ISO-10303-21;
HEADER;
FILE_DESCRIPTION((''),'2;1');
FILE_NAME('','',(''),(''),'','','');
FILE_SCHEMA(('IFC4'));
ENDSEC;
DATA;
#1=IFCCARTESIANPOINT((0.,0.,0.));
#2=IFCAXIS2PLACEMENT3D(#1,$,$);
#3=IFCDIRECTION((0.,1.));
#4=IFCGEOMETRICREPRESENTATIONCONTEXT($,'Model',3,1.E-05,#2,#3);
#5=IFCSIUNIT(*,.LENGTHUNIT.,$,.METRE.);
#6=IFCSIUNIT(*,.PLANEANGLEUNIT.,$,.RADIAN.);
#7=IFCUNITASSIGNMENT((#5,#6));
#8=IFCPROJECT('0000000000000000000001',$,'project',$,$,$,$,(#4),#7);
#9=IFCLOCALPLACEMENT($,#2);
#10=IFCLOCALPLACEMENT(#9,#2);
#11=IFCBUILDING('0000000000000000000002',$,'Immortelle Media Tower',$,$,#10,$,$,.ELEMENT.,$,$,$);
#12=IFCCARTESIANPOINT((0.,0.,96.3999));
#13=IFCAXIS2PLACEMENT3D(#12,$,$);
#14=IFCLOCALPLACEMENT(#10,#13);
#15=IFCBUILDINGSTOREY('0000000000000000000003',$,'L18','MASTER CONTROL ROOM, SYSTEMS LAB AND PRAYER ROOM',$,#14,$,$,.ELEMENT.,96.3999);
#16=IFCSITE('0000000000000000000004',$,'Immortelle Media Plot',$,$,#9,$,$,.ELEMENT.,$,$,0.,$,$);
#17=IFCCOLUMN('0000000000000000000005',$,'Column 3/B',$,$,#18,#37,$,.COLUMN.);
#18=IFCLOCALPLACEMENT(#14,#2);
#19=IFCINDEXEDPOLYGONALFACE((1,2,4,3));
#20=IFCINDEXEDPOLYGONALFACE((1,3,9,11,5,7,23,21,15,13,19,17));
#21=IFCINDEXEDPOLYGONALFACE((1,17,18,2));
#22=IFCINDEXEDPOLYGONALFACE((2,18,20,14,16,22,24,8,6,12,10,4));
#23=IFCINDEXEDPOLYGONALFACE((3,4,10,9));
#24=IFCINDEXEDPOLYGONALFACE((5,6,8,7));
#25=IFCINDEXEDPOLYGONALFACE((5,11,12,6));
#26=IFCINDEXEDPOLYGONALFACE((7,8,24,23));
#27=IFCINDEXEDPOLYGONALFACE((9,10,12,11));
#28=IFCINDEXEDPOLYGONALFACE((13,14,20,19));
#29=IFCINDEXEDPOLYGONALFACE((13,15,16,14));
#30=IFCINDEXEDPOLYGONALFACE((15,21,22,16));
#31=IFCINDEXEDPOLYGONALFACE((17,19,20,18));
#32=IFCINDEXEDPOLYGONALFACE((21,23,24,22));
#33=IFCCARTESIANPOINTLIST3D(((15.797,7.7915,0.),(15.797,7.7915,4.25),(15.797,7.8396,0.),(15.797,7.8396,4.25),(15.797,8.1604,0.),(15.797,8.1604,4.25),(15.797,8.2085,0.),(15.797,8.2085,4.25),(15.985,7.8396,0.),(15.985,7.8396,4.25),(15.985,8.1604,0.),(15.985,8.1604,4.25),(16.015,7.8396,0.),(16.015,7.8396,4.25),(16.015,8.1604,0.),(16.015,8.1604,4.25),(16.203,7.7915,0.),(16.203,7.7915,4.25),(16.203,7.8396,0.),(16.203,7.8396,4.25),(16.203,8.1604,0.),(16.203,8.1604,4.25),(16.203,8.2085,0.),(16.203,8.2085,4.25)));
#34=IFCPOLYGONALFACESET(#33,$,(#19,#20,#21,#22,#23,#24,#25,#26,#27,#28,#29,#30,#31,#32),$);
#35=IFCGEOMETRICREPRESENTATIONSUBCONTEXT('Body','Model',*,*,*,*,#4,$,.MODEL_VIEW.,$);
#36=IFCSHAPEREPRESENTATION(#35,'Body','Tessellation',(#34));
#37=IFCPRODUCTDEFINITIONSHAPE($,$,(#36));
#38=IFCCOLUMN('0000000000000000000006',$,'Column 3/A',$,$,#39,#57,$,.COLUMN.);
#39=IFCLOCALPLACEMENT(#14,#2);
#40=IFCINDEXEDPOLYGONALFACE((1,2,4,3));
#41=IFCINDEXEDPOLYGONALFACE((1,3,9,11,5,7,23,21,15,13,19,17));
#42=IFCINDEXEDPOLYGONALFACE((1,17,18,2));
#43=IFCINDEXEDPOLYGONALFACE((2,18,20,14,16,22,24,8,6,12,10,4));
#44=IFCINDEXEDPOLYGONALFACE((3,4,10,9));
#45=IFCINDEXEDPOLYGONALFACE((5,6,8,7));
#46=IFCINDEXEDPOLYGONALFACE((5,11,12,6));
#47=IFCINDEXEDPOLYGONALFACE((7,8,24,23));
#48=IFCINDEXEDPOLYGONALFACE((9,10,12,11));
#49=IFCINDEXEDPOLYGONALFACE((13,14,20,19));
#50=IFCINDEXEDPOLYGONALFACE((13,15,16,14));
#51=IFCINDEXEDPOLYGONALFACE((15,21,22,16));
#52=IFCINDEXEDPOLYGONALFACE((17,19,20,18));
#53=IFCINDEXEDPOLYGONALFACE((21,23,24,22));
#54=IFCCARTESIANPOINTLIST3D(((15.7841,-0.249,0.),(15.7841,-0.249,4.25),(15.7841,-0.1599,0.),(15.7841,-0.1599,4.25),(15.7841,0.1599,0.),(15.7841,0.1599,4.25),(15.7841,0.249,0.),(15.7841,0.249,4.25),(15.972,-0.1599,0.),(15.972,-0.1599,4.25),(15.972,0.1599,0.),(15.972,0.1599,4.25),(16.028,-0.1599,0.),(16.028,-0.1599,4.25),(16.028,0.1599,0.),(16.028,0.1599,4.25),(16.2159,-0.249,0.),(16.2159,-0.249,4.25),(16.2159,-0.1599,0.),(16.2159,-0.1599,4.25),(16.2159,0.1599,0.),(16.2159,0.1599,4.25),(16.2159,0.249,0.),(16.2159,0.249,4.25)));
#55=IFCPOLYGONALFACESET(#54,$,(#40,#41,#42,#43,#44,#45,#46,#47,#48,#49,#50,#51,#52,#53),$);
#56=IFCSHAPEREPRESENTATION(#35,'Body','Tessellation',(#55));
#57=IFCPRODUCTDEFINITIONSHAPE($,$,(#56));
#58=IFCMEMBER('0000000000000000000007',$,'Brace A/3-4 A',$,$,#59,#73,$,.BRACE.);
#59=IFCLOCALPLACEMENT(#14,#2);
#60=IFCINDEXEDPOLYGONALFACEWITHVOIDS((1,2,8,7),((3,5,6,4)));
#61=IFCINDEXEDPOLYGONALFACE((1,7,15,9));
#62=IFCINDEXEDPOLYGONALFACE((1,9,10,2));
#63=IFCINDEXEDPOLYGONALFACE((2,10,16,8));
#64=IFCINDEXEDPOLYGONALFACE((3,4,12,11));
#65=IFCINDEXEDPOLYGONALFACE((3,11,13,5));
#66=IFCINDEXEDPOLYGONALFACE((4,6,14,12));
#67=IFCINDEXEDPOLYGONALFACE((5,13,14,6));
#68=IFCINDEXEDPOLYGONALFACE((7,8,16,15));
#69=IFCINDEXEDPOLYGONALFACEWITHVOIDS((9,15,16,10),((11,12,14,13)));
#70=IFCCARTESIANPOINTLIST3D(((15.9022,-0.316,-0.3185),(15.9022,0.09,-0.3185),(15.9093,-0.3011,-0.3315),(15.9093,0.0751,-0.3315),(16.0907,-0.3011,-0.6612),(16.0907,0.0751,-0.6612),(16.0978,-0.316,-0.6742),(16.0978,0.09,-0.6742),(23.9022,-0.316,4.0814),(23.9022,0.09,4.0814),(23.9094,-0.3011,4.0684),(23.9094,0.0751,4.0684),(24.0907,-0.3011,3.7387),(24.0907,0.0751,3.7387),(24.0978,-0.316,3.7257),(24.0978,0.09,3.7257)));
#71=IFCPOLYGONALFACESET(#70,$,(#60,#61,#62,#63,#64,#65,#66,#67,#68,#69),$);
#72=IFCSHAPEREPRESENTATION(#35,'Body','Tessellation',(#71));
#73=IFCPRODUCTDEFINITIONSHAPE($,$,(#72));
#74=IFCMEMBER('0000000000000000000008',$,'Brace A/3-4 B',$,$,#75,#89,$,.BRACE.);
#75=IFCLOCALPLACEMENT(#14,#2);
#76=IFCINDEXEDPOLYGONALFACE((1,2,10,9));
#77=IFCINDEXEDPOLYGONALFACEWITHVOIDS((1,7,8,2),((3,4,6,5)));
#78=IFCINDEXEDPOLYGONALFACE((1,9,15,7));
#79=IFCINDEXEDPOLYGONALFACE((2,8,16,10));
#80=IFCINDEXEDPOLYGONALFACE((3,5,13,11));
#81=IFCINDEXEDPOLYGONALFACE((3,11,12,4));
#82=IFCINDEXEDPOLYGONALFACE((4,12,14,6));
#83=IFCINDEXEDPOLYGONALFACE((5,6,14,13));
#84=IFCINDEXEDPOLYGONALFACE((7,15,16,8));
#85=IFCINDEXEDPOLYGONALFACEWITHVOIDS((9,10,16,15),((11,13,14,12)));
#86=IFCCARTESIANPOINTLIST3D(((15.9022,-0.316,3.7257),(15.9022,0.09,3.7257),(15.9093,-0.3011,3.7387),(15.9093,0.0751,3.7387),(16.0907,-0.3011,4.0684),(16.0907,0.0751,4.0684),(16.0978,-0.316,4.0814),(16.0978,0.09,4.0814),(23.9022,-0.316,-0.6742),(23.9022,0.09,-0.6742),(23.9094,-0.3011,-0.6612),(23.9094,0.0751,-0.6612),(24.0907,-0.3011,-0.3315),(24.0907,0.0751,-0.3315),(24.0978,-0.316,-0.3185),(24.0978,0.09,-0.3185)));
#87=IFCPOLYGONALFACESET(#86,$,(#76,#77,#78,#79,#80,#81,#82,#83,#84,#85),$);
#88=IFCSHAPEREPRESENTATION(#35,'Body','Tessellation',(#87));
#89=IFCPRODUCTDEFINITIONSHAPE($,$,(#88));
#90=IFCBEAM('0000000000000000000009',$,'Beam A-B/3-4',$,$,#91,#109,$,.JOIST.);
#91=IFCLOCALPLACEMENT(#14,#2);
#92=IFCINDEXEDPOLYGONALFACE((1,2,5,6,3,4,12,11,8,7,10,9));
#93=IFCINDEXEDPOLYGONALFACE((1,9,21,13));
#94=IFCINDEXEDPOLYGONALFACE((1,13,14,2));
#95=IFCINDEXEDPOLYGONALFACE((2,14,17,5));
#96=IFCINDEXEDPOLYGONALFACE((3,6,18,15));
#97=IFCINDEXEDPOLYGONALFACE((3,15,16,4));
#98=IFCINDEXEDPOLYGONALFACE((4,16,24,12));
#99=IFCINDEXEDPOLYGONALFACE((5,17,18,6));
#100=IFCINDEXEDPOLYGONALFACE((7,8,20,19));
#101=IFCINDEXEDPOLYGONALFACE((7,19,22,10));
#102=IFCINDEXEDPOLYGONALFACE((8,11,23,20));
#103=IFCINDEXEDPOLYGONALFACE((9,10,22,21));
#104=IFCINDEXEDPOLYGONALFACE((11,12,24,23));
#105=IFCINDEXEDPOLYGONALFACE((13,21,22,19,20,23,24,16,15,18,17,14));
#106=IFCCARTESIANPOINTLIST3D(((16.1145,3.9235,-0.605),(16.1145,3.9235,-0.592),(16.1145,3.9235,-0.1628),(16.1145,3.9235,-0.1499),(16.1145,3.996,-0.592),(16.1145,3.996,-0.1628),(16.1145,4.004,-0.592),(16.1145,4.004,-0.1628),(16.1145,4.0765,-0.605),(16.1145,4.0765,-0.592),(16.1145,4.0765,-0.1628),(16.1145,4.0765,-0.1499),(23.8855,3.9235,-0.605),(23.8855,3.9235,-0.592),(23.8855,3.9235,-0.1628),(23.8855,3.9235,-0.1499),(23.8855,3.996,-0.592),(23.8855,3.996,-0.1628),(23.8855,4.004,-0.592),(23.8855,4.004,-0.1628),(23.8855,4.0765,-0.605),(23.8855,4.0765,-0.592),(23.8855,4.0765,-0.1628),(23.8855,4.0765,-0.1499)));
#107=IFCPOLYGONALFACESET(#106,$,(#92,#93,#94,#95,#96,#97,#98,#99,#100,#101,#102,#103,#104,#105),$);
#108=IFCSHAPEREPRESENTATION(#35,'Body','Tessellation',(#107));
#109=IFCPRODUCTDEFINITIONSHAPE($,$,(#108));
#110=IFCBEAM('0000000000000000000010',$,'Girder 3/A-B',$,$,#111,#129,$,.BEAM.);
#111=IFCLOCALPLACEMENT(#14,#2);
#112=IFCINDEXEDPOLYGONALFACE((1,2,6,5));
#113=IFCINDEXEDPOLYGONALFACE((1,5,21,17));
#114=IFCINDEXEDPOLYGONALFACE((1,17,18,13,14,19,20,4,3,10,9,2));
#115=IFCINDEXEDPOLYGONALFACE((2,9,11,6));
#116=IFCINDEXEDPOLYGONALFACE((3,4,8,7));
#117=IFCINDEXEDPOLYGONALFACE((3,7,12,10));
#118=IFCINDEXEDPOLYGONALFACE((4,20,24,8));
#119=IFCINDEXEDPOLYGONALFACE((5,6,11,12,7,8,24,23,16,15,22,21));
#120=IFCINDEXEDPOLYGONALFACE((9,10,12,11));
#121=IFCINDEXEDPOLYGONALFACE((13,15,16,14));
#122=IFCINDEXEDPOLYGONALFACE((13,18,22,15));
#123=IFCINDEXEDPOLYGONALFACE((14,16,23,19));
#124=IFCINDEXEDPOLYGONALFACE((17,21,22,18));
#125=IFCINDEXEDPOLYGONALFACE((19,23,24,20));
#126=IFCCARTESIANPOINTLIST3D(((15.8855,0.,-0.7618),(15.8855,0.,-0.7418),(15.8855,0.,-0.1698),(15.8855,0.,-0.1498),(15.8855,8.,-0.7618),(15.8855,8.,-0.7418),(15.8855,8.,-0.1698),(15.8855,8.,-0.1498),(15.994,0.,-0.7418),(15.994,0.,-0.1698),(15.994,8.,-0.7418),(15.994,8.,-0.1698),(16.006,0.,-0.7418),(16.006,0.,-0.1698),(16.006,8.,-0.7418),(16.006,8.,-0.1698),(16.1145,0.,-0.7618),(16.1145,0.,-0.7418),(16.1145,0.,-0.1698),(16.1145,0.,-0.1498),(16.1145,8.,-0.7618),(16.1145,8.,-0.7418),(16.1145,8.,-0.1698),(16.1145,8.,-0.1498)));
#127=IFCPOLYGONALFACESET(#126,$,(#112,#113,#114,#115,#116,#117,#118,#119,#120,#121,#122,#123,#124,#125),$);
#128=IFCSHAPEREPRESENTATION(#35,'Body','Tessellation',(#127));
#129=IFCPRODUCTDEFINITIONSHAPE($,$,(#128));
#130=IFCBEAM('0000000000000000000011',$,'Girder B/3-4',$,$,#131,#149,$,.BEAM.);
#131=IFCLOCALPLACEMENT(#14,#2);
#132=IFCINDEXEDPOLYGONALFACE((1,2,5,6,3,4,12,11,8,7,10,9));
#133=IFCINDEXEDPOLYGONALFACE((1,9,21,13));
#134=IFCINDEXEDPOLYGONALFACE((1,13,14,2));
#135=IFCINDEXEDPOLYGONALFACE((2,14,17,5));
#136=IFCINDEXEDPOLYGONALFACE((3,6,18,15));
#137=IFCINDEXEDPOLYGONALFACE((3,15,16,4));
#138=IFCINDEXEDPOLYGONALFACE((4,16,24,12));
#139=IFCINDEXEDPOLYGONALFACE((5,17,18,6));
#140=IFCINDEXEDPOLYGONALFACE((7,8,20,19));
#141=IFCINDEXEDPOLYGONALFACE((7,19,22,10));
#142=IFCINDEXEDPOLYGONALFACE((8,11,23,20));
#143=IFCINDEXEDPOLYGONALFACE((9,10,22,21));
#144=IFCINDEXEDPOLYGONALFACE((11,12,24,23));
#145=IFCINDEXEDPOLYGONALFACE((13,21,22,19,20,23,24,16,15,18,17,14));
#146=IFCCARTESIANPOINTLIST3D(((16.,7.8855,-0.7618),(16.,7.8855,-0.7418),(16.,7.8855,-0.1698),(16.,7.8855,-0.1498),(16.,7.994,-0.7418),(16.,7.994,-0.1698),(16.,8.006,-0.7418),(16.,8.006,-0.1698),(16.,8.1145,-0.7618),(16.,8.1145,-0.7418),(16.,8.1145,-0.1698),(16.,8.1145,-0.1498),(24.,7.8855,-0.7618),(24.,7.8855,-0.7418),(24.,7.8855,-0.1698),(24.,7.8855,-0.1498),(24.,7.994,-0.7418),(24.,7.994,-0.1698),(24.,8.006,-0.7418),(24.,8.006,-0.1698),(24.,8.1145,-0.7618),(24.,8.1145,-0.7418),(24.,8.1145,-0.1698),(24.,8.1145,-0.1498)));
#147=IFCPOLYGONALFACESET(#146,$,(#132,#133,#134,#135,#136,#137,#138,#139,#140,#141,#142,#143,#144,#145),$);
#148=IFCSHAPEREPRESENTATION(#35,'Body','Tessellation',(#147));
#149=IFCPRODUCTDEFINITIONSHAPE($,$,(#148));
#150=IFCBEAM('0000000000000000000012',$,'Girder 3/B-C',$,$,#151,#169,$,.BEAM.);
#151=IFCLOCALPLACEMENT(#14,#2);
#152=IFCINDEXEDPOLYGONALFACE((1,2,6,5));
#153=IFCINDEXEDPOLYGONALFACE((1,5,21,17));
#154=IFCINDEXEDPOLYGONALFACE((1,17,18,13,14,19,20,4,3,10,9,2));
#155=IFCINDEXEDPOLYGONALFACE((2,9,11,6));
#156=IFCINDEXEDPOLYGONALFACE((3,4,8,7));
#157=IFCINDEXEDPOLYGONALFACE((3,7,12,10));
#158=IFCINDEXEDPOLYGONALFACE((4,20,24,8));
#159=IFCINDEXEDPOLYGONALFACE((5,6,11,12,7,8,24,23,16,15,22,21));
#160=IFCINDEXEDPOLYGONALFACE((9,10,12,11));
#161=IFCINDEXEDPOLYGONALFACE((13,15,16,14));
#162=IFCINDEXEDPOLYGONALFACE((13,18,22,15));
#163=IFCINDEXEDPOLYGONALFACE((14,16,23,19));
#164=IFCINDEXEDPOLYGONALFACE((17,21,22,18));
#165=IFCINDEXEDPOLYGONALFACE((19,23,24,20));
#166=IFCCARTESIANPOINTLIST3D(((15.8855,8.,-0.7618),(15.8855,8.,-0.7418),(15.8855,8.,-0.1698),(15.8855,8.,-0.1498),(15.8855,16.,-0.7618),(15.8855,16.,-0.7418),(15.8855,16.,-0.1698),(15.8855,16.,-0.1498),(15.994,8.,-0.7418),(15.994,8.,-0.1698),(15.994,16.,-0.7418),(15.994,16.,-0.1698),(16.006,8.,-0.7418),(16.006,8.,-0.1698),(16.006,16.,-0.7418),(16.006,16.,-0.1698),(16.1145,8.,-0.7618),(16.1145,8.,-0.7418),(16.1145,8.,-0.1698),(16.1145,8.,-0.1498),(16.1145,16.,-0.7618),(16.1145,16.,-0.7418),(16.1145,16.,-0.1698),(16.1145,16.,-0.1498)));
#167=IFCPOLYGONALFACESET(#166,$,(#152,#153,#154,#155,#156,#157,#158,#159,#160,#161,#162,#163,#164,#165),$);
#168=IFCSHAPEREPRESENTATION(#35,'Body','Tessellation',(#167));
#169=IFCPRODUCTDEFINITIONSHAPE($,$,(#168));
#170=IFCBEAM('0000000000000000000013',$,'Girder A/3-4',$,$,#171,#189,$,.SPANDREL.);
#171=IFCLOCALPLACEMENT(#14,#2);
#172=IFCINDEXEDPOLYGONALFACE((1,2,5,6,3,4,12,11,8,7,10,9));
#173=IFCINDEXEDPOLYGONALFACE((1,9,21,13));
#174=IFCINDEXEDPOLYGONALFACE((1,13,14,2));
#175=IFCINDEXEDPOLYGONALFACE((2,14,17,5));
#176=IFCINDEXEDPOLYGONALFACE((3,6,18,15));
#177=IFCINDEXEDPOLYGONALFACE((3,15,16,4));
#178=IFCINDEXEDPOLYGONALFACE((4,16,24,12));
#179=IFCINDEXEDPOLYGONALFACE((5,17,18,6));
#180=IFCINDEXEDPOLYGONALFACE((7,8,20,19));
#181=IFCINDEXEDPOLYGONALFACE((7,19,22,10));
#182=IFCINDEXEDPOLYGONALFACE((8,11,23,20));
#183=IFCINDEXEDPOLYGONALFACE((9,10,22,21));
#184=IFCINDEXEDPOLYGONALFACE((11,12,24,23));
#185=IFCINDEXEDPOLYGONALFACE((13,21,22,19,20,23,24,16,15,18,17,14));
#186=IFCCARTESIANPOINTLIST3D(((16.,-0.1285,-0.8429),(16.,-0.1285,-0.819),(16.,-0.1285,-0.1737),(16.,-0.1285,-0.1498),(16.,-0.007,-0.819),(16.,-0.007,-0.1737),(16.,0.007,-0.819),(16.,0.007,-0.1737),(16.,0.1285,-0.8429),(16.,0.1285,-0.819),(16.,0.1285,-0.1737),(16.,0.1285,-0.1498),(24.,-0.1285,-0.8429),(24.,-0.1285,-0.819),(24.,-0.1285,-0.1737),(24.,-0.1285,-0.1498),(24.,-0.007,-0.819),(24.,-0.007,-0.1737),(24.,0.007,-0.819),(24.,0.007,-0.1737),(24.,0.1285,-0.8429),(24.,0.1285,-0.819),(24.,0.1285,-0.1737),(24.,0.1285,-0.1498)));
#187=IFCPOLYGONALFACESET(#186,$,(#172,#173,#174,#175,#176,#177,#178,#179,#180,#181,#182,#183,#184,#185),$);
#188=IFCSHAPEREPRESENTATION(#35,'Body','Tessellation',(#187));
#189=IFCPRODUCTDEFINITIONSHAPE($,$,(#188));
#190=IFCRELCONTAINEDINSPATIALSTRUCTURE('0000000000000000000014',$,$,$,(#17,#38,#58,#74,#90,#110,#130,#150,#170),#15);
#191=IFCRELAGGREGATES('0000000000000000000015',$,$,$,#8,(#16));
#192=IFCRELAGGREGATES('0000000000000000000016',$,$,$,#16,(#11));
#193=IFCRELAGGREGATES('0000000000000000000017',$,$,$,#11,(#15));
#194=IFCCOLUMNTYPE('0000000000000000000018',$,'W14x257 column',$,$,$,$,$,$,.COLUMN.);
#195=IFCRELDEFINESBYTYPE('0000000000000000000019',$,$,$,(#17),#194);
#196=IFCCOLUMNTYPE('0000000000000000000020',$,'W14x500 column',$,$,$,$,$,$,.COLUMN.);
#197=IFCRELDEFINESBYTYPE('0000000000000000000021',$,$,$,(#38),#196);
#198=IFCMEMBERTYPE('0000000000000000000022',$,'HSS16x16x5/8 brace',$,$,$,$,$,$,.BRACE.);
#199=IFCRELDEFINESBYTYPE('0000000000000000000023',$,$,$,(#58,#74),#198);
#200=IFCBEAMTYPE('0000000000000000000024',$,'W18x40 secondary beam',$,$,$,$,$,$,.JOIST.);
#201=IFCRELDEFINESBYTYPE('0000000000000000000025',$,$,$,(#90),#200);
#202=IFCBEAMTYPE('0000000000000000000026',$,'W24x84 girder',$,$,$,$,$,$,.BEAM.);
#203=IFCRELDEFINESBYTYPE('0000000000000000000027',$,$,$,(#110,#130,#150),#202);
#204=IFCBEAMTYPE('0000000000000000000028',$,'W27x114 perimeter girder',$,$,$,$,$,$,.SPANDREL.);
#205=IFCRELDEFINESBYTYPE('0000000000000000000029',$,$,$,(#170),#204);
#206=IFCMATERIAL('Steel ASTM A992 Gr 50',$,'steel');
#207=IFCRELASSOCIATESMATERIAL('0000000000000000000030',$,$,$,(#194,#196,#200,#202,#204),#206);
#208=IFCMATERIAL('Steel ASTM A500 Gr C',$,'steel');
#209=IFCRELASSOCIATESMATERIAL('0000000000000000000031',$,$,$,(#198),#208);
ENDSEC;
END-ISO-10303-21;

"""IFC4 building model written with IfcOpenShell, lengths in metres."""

from ifc_helpers import new_model, si_unit, direction, frame, origin, origin_2d, place, context, subcontext, project, spatial, hollow_rectangle, i_section, extrude, material, material_profile, profile_set, type_object, element, save


model = new_model("IFC4")

# Units and contexts
model_context = context("Model", 3, precision=1e-05, world=origin(), true_north=direction((0.0, 1.0)))
body_context = subcontext(model_context, "Body", "Model", "MODEL_VIEW")
ifc_project = project(units=[si_unit("LENGTHUNIT", "METRE"), si_unit("PLANEANGLEUNIT", "RADIAN")], contexts=[model_context])

# Site, building, storey
site_placement = place(None, origin())
site = spatial("IfcSite", under=ifc_project, at=site_placement, Name="Immortelle Media Plot", CompositionType="ELEMENT", RefElevation=0.0)
building_placement = place(site_placement, origin())
building = spatial("IfcBuilding", under=site, at=building_placement, Name="Immortelle Media Tower", CompositionType="ELEMENT")
storey_placement = place(building_placement, frame((0.0, 0.0, 96.3999)))
storey = spatial("IfcBuildingStorey", under=building, at=storey_placement, Name="L18", Description="MASTER CONTROL ROOM, SYSTEMS LAB AND PRAYER ROOM", CompositionType="ELEMENT", Elevation=96.3999)

# Columns
ifc_material_1 = material(Name="Steel ASTM A992 Gr 50", Category="steel")
ifc_material_profile_1 = material_profile(ifc_material_1, i_section(OverallWidth=0.406, OverallDepth=0.417, WebThickness=0.03, FlangeThickness=0.0481, at=origin_2d()), Name="W14x257")
ifc_profile_set_1 = profile_set([ifc_material_profile_1], Name="Steel ASTM A992 Gr 50")
column_type_1 = type_object("IfcColumnType", Name="W14x257 column", PredefinedType="COLUMN", material=ifc_profile_set_1)
column_1_placement = place(storey_placement, frame((16.0, 8.0, 0.0), z_axis=(0.0, 0.0, 1.0), x_axis=(1.0, 0.0, 0.0)))
element("IfcColumn", 1, at=column_1_placement, inside=storey, type_object=column_type_1, Name="Column 3/B", PredefinedType="COLUMN", context=body_context, shape_type="SweptSolid", body=[
    extrude(i_section(OverallWidth=0.406, OverallDepth=0.417, WebThickness=0.03, FlangeThickness=0.0481, at=origin_2d()), origin(), (0.0, 0.0, 1.0), 4.25),
])
ifc_material_profile_2 = material_profile(ifc_material_1, i_section(OverallWidth=0.4319, OverallDepth=0.498, WebThickness=0.0559, FlangeThickness=0.0891, at=origin_2d()), Name="W14x500")
ifc_profile_set_2 = profile_set([ifc_material_profile_2], Name="Steel ASTM A992 Gr 50")
column_type_2 = type_object("IfcColumnType", Name="W14x500 column", PredefinedType="COLUMN", material=ifc_profile_set_2)
column_2_placement = place(storey_placement, frame((16.0, 0.0, 0.0), z_axis=(0.0, 0.0, 1.0), x_axis=(1.0, 0.0, 0.0)))
element("IfcColumn", 2, at=column_2_placement, inside=storey, type_object=column_type_2, Name="Column 3/A", PredefinedType="COLUMN", context=body_context, shape_type="SweptSolid", body=[
    extrude(i_section(OverallWidth=0.4319, OverallDepth=0.498, WebThickness=0.0559, FlangeThickness=0.0891, at=origin_2d()), origin(), (0.0, 0.0, 1.0), 4.25),
])

# Members
ifc_material_2 = material(Name="Steel ASTM A500 Gr C", Category="steel")
ifc_material_profile_3 = material_profile(ifc_material_2, hollow_rectangle(XDim=0.406, YDim=0.406, WallThickness=0.0149, at=origin_2d()), Name="HSS16x16x5/8 brace")
ifc_profile_set_3 = profile_set([ifc_material_profile_3], Name="Steel ASTM A500 Gr C")
member_type = type_object("IfcMemberType", Name="HSS16x16x5/8 brace", PredefinedType="BRACE", material=ifc_profile_set_3)
for number, where, z_axis, x_axis, name in (
    (3, (16.0, -0.113, -0.4963), (0.87622, 0.0, 0.481911), (0.0, 1.0, 0.0), "Brace A/3-4 A"),
    (4, (16.0, -0.113, 3.9036), (0.87622, 0.0, -0.481911), (0.0, 1.0, 0.0), "Brace A/3-4 B"),
):
    element("IfcMember", number, at=place(storey_placement, frame(where, z_axis=z_axis, x_axis=x_axis)), inside=storey, type_object=member_type, Name=name, PredefinedType="BRACE", context=body_context, shape_type="SweptSolid", body=[
        extrude(hollow_rectangle(XDim=0.406, YDim=0.406, WallThickness=0.0149, at=origin_2d()), origin(), (0.0, 0.0, 1.0), 9.1301),
    ])

# Beams
ifc_material_profile_4 = material_profile(ifc_material_1, i_section(OverallWidth=0.1531, OverallDepth=0.4551, WebThickness=0.0081, FlangeThickness=0.0129, at=origin_2d()), Name="W18x40")
ifc_profile_set_4 = profile_set([ifc_material_profile_4], Name="Steel ASTM A992 Gr 50")
beam_type_1 = type_object("IfcBeamType", Name="W18x40 secondary beam", PredefinedType="JOIST", material=ifc_profile_set_4)
beam_1_placement = place(storey_placement, frame((16.1145, 4.0, -0.3774), z_axis=(1.0, 0.0, 0.0), x_axis=(0.0, 1.0, 0.0)))
element("IfcBeam", 5, at=beam_1_placement, inside=storey, type_object=beam_type_1, Name="Beam A-B/3-4", PredefinedType="JOIST", context=body_context, shape_type="SweptSolid", body=[
    extrude(i_section(OverallWidth=0.1531, OverallDepth=0.4551, WebThickness=0.0081, FlangeThickness=0.0129, at=origin_2d()), origin(), (0.0, 0.0, 1.0), 7.771),
])
ifc_material_profile_5 = material_profile(ifc_material_1, i_section(OverallWidth=0.229, OverallDepth=0.6121, WebThickness=0.012, FlangeThickness=0.02, at=origin_2d()), Name="W24x84")
ifc_profile_set_5 = profile_set([ifc_material_profile_5], Name="Steel ASTM A992 Gr 50")
beam_type_2 = type_object("IfcBeamType", Name="W24x84 girder", PredefinedType="BEAM", material=ifc_profile_set_5)
for number, where, z_axis, x_axis, name in (
    (6, (16.0, 0.0, -0.4558), (0.0, 1.0, 0.0), (-1.0, 0.0, 0.0), "Girder 3/A-B"),
    (7, (16.0, 8.0, -0.4558), (1.0, 0.0, 0.0), (0.0, 1.0, 0.0), "Girder B/3-4"),
    (8, (16.0, 8.0, -0.4558), (0.0, 1.0, 0.0), (-1.0, 0.0, 0.0), "Girder 3/B-C"),
):
    element("IfcBeam", number, at=place(storey_placement, frame(where, z_axis=z_axis, x_axis=x_axis)), inside=storey, type_object=beam_type_2, Name=name, PredefinedType="BEAM", context=body_context, shape_type="SweptSolid", body=[
        extrude(i_section(OverallWidth=0.229, OverallDepth=0.6121, WebThickness=0.012, FlangeThickness=0.02, at=origin_2d()), origin(), (0.0, 0.0, 1.0), 8.0),
    ])
ifc_material_profile_6 = material_profile(ifc_material_1, i_section(OverallWidth=0.2571, OverallDepth=0.6931, WebThickness=0.0139, FlangeThickness=0.0239, at=origin_2d()), Name="W27x114")
ifc_profile_set_6 = profile_set([ifc_material_profile_6], Name="Steel ASTM A992 Gr 50")
beam_type_3 = type_object("IfcBeamType", Name="W27x114 perimeter girder", PredefinedType="SPANDREL", material=ifc_profile_set_6)
beam_2_placement = place(storey_placement, frame((16.0, 0.0, -0.4963), z_axis=(1.0, 0.0, 0.0), x_axis=(0.0, 1.0, 0.0)))
element("IfcBeam", 9, at=beam_2_placement, inside=storey, type_object=beam_type_3, Name="Girder A/3-4", PredefinedType="SPANDREL", context=body_context, shape_type="SweptSolid", body=[
    extrude(i_section(OverallWidth=0.2571, OverallDepth=0.6931, WebThickness=0.0139, FlangeThickness=0.0239, at=origin_2d()), origin(), (0.0, 0.0, 1.0), 8.0),
])

save(model, "model.ifc")
